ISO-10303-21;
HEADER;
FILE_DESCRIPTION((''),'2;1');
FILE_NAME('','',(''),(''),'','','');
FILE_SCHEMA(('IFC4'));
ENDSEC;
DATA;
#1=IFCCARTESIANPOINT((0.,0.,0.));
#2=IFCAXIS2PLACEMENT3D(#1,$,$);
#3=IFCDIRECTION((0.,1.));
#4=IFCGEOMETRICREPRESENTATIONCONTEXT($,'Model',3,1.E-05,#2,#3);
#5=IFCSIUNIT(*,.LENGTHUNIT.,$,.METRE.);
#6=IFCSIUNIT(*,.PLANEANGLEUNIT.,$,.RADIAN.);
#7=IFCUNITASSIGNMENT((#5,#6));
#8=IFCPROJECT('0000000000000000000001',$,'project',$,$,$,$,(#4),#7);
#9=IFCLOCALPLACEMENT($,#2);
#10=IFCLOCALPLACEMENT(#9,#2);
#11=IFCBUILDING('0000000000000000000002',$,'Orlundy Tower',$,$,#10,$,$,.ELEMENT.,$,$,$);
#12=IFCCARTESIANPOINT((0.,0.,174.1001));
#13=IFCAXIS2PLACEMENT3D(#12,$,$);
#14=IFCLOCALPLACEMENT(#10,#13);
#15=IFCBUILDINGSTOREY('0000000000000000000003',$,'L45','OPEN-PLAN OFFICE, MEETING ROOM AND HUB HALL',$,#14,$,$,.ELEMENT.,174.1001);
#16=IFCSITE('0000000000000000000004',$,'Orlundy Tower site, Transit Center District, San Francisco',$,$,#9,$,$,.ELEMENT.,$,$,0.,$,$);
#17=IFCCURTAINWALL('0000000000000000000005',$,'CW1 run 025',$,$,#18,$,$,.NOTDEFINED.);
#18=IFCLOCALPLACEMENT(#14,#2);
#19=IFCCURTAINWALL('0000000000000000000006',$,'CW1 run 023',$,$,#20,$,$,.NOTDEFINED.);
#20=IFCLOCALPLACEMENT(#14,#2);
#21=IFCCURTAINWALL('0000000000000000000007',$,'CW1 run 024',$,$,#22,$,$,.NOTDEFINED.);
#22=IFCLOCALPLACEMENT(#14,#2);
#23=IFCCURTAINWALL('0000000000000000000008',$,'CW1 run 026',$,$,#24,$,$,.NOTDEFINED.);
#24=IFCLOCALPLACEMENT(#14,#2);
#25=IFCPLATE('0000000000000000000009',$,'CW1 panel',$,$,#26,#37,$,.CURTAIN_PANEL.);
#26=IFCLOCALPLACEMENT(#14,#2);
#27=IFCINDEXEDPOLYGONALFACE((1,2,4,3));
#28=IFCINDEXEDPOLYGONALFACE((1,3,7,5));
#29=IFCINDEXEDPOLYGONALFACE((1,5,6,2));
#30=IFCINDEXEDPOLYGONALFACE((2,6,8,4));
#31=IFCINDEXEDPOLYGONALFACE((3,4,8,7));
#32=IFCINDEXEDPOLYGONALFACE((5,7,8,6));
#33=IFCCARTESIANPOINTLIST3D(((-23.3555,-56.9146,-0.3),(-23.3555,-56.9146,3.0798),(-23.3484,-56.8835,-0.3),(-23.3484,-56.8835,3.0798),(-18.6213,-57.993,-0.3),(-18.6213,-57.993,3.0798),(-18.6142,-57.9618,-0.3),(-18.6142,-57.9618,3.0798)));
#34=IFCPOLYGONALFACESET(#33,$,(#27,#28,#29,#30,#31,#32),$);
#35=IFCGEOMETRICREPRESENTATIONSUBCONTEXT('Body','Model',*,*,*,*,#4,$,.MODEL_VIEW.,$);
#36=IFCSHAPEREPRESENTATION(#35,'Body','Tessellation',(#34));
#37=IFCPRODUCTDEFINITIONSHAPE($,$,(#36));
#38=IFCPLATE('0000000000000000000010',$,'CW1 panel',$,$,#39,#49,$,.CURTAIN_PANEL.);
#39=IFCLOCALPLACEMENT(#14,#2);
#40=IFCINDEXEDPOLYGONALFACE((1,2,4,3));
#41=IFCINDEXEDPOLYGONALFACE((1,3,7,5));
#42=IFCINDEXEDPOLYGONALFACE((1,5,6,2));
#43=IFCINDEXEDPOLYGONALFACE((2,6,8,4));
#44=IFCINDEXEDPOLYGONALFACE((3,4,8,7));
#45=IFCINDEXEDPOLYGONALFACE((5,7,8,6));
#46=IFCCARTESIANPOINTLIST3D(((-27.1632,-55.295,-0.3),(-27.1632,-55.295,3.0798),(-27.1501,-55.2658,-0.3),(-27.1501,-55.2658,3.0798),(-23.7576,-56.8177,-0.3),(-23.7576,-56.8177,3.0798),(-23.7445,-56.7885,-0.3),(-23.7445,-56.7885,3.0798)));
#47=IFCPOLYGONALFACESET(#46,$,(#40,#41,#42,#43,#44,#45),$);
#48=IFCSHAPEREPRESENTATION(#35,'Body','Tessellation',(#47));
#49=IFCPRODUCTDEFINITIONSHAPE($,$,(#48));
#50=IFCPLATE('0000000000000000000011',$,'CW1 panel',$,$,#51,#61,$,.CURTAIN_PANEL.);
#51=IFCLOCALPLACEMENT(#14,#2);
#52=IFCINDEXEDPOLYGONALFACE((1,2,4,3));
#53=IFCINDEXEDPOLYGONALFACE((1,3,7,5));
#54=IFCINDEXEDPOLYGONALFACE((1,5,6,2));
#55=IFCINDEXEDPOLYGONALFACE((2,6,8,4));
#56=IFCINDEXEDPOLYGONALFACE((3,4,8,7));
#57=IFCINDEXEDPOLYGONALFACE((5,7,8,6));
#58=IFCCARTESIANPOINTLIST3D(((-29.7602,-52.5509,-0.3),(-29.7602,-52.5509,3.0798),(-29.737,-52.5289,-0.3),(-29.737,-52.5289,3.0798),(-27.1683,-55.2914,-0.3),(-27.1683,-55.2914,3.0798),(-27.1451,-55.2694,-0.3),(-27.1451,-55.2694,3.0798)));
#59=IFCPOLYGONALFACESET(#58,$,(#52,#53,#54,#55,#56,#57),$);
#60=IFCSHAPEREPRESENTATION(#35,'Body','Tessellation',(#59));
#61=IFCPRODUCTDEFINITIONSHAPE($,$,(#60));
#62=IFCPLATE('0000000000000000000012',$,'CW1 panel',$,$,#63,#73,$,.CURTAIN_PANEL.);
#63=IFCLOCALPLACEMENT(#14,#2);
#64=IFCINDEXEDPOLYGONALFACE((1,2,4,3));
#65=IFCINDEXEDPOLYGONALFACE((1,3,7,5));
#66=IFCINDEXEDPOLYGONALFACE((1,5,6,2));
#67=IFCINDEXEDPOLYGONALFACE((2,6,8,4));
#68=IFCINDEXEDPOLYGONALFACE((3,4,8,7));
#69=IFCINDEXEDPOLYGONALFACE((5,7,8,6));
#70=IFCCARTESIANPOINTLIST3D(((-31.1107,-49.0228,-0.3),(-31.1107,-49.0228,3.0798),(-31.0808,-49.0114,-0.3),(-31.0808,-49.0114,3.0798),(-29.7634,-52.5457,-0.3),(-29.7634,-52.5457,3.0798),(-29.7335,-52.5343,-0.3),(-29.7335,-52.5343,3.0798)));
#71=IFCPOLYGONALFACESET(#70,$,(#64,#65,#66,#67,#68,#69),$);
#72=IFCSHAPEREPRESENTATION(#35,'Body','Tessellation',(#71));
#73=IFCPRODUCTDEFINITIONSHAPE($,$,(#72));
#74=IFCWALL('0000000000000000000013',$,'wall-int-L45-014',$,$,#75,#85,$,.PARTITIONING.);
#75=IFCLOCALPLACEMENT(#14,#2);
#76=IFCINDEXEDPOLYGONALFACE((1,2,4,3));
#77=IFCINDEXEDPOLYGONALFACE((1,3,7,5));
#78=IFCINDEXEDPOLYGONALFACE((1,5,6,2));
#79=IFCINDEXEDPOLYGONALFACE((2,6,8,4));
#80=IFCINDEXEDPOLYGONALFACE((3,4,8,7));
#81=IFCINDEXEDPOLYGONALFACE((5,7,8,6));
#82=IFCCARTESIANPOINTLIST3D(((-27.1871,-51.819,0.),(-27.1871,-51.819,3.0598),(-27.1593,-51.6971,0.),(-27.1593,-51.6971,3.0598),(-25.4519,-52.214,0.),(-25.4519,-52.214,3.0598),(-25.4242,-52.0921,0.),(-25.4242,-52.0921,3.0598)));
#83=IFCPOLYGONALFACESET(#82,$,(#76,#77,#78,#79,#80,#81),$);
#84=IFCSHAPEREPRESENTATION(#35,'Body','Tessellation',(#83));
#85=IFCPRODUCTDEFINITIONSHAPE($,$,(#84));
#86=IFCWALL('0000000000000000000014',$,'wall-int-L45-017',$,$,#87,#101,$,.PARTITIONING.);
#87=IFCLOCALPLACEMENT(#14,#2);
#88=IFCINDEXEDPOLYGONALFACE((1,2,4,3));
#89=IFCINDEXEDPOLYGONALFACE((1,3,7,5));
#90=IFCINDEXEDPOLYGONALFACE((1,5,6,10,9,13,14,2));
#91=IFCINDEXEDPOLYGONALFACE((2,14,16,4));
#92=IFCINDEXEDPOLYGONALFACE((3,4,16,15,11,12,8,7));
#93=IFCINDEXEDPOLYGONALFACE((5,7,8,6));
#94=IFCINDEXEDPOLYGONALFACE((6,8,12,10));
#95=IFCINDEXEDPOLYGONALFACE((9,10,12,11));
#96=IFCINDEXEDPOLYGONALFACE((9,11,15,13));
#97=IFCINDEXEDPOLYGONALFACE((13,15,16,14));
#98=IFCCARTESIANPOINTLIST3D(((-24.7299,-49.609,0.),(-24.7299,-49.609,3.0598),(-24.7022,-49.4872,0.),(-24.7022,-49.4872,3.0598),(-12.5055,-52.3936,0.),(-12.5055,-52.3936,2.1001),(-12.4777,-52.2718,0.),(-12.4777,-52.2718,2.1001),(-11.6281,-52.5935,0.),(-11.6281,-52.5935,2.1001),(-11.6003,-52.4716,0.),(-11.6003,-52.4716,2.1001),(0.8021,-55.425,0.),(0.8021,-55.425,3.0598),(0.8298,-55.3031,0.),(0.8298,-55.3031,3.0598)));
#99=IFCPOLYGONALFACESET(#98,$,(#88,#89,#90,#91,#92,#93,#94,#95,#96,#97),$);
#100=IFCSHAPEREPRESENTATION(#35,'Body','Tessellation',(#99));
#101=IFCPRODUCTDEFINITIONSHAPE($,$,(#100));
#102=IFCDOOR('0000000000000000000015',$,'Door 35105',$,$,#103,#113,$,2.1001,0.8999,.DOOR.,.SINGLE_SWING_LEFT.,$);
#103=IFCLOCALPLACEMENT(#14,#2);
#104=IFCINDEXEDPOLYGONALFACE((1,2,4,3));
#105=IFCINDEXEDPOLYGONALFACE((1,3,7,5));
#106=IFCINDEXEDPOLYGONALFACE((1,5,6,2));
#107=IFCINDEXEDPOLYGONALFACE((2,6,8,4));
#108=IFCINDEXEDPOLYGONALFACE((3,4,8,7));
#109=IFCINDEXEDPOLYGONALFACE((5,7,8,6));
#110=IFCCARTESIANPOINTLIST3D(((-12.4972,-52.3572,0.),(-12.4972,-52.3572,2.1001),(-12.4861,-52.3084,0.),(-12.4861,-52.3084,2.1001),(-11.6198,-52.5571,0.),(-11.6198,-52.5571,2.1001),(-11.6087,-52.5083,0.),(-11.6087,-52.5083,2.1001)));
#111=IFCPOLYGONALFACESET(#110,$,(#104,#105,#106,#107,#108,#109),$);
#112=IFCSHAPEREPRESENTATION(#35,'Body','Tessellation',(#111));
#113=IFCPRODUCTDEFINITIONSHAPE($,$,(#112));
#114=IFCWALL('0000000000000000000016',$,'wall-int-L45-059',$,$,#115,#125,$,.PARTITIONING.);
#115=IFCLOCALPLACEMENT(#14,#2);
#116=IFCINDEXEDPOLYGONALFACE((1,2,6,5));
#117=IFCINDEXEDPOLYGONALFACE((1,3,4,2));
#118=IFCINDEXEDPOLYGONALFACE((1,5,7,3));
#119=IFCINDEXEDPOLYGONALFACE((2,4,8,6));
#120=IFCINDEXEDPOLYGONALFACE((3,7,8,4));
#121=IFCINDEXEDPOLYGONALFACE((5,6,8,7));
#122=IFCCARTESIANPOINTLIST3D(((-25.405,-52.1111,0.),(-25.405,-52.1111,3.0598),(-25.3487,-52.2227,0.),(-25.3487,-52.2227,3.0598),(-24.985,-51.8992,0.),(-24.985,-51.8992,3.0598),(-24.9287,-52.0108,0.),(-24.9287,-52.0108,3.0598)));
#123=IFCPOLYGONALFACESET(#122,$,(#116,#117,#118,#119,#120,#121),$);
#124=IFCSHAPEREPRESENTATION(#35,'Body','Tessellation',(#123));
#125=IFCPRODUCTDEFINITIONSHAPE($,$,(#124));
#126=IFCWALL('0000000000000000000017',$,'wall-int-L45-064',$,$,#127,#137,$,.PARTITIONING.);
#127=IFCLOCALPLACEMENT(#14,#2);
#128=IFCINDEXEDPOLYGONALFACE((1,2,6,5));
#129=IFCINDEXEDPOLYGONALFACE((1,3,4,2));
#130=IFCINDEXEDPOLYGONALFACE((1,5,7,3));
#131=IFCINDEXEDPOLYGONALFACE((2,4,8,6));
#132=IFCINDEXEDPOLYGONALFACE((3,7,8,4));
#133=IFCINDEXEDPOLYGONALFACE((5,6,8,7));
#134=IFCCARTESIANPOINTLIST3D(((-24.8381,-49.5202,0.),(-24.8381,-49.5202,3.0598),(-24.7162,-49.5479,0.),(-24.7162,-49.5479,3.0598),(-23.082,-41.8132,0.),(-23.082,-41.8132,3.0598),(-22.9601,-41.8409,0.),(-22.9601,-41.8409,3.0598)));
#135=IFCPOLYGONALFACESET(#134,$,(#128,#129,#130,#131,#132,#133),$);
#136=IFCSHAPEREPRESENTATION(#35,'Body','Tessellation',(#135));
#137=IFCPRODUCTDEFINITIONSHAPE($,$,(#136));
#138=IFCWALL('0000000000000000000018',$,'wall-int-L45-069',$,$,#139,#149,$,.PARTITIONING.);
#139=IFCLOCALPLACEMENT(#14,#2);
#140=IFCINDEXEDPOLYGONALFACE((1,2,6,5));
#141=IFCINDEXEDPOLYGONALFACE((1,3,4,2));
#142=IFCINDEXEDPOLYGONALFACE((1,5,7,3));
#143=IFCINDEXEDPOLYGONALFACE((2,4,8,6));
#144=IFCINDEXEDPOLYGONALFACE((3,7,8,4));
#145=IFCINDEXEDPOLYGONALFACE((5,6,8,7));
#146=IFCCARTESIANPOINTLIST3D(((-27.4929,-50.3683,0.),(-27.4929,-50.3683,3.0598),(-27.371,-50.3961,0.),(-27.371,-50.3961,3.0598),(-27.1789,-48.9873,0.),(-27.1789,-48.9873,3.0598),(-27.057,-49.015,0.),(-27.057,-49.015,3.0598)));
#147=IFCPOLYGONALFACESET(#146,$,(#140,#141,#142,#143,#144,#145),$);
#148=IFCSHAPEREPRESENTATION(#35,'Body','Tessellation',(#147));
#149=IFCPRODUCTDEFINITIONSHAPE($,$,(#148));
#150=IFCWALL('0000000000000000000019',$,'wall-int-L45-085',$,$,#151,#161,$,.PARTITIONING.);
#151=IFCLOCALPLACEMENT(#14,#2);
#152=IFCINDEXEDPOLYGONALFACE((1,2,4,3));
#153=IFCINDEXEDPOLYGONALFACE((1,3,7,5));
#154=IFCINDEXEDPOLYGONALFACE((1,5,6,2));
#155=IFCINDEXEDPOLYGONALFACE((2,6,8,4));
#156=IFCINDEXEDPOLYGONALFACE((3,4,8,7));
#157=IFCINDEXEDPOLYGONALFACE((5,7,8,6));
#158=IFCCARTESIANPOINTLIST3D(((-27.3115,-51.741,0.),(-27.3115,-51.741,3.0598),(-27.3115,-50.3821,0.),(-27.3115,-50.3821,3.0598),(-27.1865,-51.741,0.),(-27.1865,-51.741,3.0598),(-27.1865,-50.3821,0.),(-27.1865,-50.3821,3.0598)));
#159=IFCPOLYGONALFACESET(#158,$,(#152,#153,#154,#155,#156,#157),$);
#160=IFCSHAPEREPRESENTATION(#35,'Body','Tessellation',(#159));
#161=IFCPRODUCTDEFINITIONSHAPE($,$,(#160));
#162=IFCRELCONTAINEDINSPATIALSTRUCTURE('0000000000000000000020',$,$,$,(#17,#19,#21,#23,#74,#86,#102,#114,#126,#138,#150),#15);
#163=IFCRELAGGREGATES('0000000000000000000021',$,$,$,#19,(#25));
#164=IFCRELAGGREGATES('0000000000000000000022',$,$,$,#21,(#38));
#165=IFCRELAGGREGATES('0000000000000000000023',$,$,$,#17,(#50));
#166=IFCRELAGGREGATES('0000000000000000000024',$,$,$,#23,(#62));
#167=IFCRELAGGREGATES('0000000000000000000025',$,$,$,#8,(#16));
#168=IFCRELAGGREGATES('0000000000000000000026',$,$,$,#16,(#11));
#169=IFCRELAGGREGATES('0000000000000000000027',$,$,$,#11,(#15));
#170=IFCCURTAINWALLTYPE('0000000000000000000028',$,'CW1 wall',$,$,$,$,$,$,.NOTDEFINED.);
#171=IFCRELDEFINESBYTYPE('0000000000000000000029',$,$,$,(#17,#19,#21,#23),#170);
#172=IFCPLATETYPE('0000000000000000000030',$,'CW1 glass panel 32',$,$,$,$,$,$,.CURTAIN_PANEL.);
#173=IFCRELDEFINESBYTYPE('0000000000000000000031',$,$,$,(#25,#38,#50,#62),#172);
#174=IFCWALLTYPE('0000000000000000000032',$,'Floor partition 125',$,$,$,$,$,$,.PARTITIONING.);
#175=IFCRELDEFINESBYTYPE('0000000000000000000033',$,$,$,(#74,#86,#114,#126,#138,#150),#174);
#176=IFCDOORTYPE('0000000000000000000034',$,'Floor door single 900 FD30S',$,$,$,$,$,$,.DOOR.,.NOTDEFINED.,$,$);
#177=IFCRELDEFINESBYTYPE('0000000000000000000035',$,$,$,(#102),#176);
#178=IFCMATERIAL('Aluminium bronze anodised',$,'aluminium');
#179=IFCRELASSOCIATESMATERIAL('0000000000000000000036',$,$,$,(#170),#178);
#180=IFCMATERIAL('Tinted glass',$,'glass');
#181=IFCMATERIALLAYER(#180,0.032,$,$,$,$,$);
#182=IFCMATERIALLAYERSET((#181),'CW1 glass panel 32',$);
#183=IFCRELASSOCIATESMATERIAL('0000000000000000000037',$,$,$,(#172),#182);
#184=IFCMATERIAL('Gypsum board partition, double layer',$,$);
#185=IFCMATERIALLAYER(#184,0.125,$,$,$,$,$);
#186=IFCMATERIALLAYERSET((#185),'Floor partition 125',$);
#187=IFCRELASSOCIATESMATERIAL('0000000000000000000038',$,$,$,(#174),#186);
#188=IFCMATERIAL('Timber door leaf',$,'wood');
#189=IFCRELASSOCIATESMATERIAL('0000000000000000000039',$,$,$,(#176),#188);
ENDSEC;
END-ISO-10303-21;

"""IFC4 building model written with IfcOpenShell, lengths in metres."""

from ifc_helpers import new_model, si_unit, direction, frame, frame_2d, origin, origin_2d, place, context, subcontext, project, spatial, rectangle, extrude, material, layer, layer_set, type_object, element, fill, aggregate, save


model = new_model("IFC4")

# Units and contexts
model_context = context("Model", 3, precision=1e-05, world=origin(), true_north=direction((0.0, 1.0)))
body_context = subcontext(model_context, "Body", "Model", "MODEL_VIEW")
ifc_project = project(units=[si_unit("LENGTHUNIT", "METRE"), si_unit("PLANEANGLEUNIT", "RADIAN")], contexts=[model_context])

# Site, building, storey
site_placement = place(None, origin())
site = spatial("IfcSite", under=ifc_project, at=site_placement, Name="Orlundy Tower site, Transit Center District, San Francisco", CompositionType="ELEMENT", RefElevation=0.0)
building_placement = place(site_placement, origin())
building = spatial("IfcBuilding", under=site, at=building_placement, Name="Orlundy Tower", CompositionType="ELEMENT")
storey_placement = place(building_placement, frame((0.0, 0.0, 174.1001)))
storey = spatial("IfcBuildingStorey", under=building, at=storey_placement, Name="L45", Description="OPEN-PLAN OFFICE, MEETING ROOM AND HUB HALL", CompositionType="ELEMENT", Elevation=174.1001)

# Curtain wall
ifc_material_1 = material(Name="Aluminium bronze anodised", Category="aluminium")
curtain_wall_type = type_object("IfcCurtainWallType", Name="CW1 wall", PredefinedType="NOTDEFINED", material=ifc_material_1)
curtain_wall_1_placement = place(storey_placement, origin())
curtain_wall_1 = element("IfcCurtainWall", 1, at=curtain_wall_1_placement, inside=storey, type_object=curtain_wall_type, Name="CW1 run 025", PredefinedType="NOTDEFINED")

# Curtain walls
curtain_wall_2_placement = place(storey_placement, origin())
curtain_wall_2 = element("IfcCurtainWall", 2, at=curtain_wall_2_placement, inside=storey, type_object=curtain_wall_type, Name="CW1 run 023", PredefinedType="NOTDEFINED")
curtain_wall_3_placement = place(storey_placement, origin())
curtain_wall_3 = element("IfcCurtainWall", 3, at=curtain_wall_3_placement, inside=storey, type_object=curtain_wall_type, Name="CW1 run 024", PredefinedType="NOTDEFINED")

# Curtain wall
curtain_wall_4_placement = place(storey_placement, origin())
curtain_wall_4 = element("IfcCurtainWall", 4, at=curtain_wall_4_placement, inside=storey, type_object=curtain_wall_type, Name="CW1 run 026", PredefinedType="NOTDEFINED")

# Plates
ifc_material_2 = material(Name="Tinted glass", Category="glass")
ifc_layer_1 = layer(ifc_material_2, 0.032)
ifc_layer_set_1 = layer_set([ifc_layer_1], Name="CW1 glass panel 32")
plate_type = type_object("IfcPlateType", Name="CW1 glass panel 32", PredefinedType="CURTAIN_PANEL", material=ifc_layer_set_1)
plate_1_placement = place(storey_placement, frame((-20.9849, -57.4382, -0.3), z_axis=(0.0, 0.0, 1.0), x_axis=(-0.975026, 0.22209, 0.0)))
plate_1 = element("IfcPlate", 5, at=plate_1_placement, type_object=plate_type, Name="CW1 panel", PredefinedType="CURTAIN_PANEL", context=body_context, shape_type="SweptSolid", body=[
    extrude(rectangle(XDim=4.8555, YDim=0.032, at=origin_2d()), origin(), (0.0, 0.0, 1.0), 3.3799),
])
aggregate(curtain_wall_2, [plate_1])
plate_2_placement = place(storey_placement, frame((-25.4539, -56.0417, -0.3), z_axis=(0.0, 0.0, 1.0), x_axis=(-0.912908, 0.408165, 0.0)))
plate_2 = element("IfcPlate", 6, at=plate_2_placement, type_object=plate_type, Name="CW1 panel", PredefinedType="CURTAIN_PANEL", context=body_context, shape_type="SweptSolid", body=[
    extrude(rectangle(XDim=3.7305, YDim=0.032, at=origin_2d()), origin(), (0.0, 0.0, 1.0), 3.3799),
])
aggregate(curtain_wall_3, [plate_2])
plate_3_placement = place(storey_placement, frame((-28.4526, -53.9102, -0.3), z_axis=(0.0, 0.0, 1.0), x_axis=(-0.687138, 0.726527, 0.0)))
plate_3 = element("IfcPlate", 7, at=plate_3_placement, type_object=plate_type, Name="CW1 panel", PredefinedType="CURTAIN_PANEL", context=body_context, shape_type="SweptSolid", body=[
    extrude(rectangle(XDim=3.772, YDim=0.032, at=origin_2d()), origin(), (0.0, 0.0, 1.0), 3.3799),
])
aggregate(curtain_wall_1, [plate_3])
plate_4_placement = place(storey_placement, frame((-30.4221, -50.7786, -0.3), z_axis=(0.0, 0.0, 1.0), x_axis=(-0.357207, 0.934025, 0.0)))
plate_4 = element("IfcPlate", 8, at=plate_4_placement, type_object=plate_type, Name="CW1 panel", PredefinedType="CURTAIN_PANEL", context=body_context, shape_type="SweptSolid", body=[
    extrude(rectangle(XDim=3.7717, YDim=0.032, at=origin_2d()), origin(), (0.0, 0.0, 1.0), 3.3799),
])
aggregate(curtain_wall_4, [plate_4])

# Wall
ifc_material_3 = material(Name="Gypsum board partition, double layer")
ifc_layer_2 = layer(ifc_material_3, 0.125)
ifc_layer_set_2 = layer_set([ifc_layer_2], Name="Floor partition 125")
wall_type = type_object("IfcWallType", Name="Floor partition 125", PredefinedType="PARTITIONING", material=ifc_layer_set_2)
wall_1_placement = place(storey_placement, frame((-27.1731, -51.7581, 0.0), z_axis=(0.0, 0.0, 1.0), x_axis=(0.975051, -0.221983, 0.0)))
element("IfcWall", 9, at=wall_1_placement, inside=storey, type_object=wall_type, Name="wall-int-L45-014", PredefinedType="PARTITIONING", context=body_context, shape_type="SweptSolid", body=[
    extrude(rectangle(XDim=1.7795, YDim=0.125, at=frame_2d((0.8896, 0.0))), origin(), (0.0, 0.0, 1.0), 3.0598),
])

# Wall, opening, door
wall_2_placement = place(storey_placement, frame((-24.7161, -49.5481, 0.0), z_axis=(0.0, 0.0, 1.0), x_axis=(0.975024, -0.2221, 0.0)))
wall_2 = element("IfcWall", 10, at=wall_2_placement, inside=storey, type_object=wall_type, Name="wall-int-L45-017", PredefinedType="PARTITIONING", context=body_context, shape_type="SweptSolid", body=[
    extrude(rectangle(XDim=26.186, YDim=0.125, at=frame_2d((13.093, 0.0))), origin(), (0.0, 0.0, 1.0), 3.0598),
])
opening_placement = place(wall_2_placement, frame((12.5376, 0.0, 0.0)))
opening = element("IfcOpeningElement", 11, at=opening_placement, cuts=wall_2, PredefinedType="OPENING", context=body_context, shape_type="SweptSolid", body=[
    extrude(rectangle(XDim=0.8999, YDim=2.1001, at=frame_2d((0.45, 1.05))), frame((0.0, 0.0725, 0.0), z_axis=(0.0, -1.0, 0.0), x_axis=(1.0, 0.0, 0.0)), (0.0, 0.0, 1.0), 0.145),
])
ifc_material_4 = material(Name="Timber door leaf", Category="wood")
door_type = type_object("IfcDoorType", Name="Floor door single 900 FD30S", OperationType="NOTDEFINED", PredefinedType="DOOR", material=ifc_material_4)
door_placement = place(opening_placement, origin())
door = element("IfcDoor", 12, at=door_placement, inside=storey, type_object=door_type, Name="Door 35105", OperationType="SINGLE_SWING_LEFT", OverallHeight=2.1001, OverallWidth=0.8999, PredefinedType="DOOR", context=body_context, shape_type="SweptSolid", body=[
    extrude(rectangle(XDim=0.8999, YDim=2.1001, at=frame_2d((0.45, 1.05))), frame((0.0, 0.0249, 0.0), z_axis=(0.0, -1.0, 0.0), x_axis=(1.0, 0.0, 0.0)), (0.0, 0.0, 1.0), 0.05),
])
fill(opening, door)

# Walls
wall_3_placement = place(storey_placement, frame((-25.377, -52.167, 0.0), z_axis=(0.0, 0.0, 1.0), x_axis=(0.89276, 0.450532, 0.0)))
element("IfcWall", 13, at=wall_3_placement, inside=storey, type_object=wall_type, Name="wall-int-L45-059", PredefinedType="PARTITIONING", context=body_context, shape_type="SweptSolid", body=[
    extrude(rectangle(XDim=0.4705, YDim=0.125, at=frame_2d((0.2354, 0.0))), origin(), (0.0, 0.0, 1.0), 3.0598),
])
wall_4_placement = place(storey_placement, frame((-24.7771, -49.5339, 0.0), z_axis=(0.0, 0.0, 1.0), x_axis=(0.222163, 0.97501, 0.0)))
element("IfcWall", 14, at=wall_4_placement, inside=storey, type_object=wall_type, Name="wall-int-L45-064", PredefinedType="PARTITIONING", context=body_context, shape_type="SweptSolid", body=[
    extrude(rectangle(XDim=7.9045, YDim=0.125, at=frame_2d((3.9521, 0.0))), origin(), (0.0, 0.0, 1.0), 3.0598),
])
wall_5_placement = place(storey_placement, frame((-27.4319, -50.3821, 0.0), z_axis=(0.0, 0.0, 1.0), x_axis=(0.221673, 0.975121, 0.0)))
element("IfcWall", 15, at=wall_5_placement, inside=storey, type_object=wall_type, Name="wall-int-L45-069", PredefinedType="PARTITIONING", context=body_context, shape_type="SweptSolid", body=[
    extrude(rectangle(XDim=1.4163, YDim=0.125, at=frame_2d((0.708, 0.0))), origin(), (0.0, 0.0, 1.0), 3.0598),
])
wall_6_placement = place(storey_placement, frame((-27.249, -51.741, 0.0), z_axis=(0.0, 0.0, 1.0), x_axis=(0.0, 1.0, 0.0)))
element("IfcWall", 16, at=wall_6_placement, inside=storey, type_object=wall_type, Name="wall-int-L45-085", PredefinedType="PARTITIONING", context=body_context, shape_type="SweptSolid", body=[
    extrude(rectangle(XDim=1.3589, YDim=0.125, at=frame_2d((0.6794, 0.0))), origin(), (0.0, 0.0, 1.0), 3.0598),
])

save(model, "model.ifc")
